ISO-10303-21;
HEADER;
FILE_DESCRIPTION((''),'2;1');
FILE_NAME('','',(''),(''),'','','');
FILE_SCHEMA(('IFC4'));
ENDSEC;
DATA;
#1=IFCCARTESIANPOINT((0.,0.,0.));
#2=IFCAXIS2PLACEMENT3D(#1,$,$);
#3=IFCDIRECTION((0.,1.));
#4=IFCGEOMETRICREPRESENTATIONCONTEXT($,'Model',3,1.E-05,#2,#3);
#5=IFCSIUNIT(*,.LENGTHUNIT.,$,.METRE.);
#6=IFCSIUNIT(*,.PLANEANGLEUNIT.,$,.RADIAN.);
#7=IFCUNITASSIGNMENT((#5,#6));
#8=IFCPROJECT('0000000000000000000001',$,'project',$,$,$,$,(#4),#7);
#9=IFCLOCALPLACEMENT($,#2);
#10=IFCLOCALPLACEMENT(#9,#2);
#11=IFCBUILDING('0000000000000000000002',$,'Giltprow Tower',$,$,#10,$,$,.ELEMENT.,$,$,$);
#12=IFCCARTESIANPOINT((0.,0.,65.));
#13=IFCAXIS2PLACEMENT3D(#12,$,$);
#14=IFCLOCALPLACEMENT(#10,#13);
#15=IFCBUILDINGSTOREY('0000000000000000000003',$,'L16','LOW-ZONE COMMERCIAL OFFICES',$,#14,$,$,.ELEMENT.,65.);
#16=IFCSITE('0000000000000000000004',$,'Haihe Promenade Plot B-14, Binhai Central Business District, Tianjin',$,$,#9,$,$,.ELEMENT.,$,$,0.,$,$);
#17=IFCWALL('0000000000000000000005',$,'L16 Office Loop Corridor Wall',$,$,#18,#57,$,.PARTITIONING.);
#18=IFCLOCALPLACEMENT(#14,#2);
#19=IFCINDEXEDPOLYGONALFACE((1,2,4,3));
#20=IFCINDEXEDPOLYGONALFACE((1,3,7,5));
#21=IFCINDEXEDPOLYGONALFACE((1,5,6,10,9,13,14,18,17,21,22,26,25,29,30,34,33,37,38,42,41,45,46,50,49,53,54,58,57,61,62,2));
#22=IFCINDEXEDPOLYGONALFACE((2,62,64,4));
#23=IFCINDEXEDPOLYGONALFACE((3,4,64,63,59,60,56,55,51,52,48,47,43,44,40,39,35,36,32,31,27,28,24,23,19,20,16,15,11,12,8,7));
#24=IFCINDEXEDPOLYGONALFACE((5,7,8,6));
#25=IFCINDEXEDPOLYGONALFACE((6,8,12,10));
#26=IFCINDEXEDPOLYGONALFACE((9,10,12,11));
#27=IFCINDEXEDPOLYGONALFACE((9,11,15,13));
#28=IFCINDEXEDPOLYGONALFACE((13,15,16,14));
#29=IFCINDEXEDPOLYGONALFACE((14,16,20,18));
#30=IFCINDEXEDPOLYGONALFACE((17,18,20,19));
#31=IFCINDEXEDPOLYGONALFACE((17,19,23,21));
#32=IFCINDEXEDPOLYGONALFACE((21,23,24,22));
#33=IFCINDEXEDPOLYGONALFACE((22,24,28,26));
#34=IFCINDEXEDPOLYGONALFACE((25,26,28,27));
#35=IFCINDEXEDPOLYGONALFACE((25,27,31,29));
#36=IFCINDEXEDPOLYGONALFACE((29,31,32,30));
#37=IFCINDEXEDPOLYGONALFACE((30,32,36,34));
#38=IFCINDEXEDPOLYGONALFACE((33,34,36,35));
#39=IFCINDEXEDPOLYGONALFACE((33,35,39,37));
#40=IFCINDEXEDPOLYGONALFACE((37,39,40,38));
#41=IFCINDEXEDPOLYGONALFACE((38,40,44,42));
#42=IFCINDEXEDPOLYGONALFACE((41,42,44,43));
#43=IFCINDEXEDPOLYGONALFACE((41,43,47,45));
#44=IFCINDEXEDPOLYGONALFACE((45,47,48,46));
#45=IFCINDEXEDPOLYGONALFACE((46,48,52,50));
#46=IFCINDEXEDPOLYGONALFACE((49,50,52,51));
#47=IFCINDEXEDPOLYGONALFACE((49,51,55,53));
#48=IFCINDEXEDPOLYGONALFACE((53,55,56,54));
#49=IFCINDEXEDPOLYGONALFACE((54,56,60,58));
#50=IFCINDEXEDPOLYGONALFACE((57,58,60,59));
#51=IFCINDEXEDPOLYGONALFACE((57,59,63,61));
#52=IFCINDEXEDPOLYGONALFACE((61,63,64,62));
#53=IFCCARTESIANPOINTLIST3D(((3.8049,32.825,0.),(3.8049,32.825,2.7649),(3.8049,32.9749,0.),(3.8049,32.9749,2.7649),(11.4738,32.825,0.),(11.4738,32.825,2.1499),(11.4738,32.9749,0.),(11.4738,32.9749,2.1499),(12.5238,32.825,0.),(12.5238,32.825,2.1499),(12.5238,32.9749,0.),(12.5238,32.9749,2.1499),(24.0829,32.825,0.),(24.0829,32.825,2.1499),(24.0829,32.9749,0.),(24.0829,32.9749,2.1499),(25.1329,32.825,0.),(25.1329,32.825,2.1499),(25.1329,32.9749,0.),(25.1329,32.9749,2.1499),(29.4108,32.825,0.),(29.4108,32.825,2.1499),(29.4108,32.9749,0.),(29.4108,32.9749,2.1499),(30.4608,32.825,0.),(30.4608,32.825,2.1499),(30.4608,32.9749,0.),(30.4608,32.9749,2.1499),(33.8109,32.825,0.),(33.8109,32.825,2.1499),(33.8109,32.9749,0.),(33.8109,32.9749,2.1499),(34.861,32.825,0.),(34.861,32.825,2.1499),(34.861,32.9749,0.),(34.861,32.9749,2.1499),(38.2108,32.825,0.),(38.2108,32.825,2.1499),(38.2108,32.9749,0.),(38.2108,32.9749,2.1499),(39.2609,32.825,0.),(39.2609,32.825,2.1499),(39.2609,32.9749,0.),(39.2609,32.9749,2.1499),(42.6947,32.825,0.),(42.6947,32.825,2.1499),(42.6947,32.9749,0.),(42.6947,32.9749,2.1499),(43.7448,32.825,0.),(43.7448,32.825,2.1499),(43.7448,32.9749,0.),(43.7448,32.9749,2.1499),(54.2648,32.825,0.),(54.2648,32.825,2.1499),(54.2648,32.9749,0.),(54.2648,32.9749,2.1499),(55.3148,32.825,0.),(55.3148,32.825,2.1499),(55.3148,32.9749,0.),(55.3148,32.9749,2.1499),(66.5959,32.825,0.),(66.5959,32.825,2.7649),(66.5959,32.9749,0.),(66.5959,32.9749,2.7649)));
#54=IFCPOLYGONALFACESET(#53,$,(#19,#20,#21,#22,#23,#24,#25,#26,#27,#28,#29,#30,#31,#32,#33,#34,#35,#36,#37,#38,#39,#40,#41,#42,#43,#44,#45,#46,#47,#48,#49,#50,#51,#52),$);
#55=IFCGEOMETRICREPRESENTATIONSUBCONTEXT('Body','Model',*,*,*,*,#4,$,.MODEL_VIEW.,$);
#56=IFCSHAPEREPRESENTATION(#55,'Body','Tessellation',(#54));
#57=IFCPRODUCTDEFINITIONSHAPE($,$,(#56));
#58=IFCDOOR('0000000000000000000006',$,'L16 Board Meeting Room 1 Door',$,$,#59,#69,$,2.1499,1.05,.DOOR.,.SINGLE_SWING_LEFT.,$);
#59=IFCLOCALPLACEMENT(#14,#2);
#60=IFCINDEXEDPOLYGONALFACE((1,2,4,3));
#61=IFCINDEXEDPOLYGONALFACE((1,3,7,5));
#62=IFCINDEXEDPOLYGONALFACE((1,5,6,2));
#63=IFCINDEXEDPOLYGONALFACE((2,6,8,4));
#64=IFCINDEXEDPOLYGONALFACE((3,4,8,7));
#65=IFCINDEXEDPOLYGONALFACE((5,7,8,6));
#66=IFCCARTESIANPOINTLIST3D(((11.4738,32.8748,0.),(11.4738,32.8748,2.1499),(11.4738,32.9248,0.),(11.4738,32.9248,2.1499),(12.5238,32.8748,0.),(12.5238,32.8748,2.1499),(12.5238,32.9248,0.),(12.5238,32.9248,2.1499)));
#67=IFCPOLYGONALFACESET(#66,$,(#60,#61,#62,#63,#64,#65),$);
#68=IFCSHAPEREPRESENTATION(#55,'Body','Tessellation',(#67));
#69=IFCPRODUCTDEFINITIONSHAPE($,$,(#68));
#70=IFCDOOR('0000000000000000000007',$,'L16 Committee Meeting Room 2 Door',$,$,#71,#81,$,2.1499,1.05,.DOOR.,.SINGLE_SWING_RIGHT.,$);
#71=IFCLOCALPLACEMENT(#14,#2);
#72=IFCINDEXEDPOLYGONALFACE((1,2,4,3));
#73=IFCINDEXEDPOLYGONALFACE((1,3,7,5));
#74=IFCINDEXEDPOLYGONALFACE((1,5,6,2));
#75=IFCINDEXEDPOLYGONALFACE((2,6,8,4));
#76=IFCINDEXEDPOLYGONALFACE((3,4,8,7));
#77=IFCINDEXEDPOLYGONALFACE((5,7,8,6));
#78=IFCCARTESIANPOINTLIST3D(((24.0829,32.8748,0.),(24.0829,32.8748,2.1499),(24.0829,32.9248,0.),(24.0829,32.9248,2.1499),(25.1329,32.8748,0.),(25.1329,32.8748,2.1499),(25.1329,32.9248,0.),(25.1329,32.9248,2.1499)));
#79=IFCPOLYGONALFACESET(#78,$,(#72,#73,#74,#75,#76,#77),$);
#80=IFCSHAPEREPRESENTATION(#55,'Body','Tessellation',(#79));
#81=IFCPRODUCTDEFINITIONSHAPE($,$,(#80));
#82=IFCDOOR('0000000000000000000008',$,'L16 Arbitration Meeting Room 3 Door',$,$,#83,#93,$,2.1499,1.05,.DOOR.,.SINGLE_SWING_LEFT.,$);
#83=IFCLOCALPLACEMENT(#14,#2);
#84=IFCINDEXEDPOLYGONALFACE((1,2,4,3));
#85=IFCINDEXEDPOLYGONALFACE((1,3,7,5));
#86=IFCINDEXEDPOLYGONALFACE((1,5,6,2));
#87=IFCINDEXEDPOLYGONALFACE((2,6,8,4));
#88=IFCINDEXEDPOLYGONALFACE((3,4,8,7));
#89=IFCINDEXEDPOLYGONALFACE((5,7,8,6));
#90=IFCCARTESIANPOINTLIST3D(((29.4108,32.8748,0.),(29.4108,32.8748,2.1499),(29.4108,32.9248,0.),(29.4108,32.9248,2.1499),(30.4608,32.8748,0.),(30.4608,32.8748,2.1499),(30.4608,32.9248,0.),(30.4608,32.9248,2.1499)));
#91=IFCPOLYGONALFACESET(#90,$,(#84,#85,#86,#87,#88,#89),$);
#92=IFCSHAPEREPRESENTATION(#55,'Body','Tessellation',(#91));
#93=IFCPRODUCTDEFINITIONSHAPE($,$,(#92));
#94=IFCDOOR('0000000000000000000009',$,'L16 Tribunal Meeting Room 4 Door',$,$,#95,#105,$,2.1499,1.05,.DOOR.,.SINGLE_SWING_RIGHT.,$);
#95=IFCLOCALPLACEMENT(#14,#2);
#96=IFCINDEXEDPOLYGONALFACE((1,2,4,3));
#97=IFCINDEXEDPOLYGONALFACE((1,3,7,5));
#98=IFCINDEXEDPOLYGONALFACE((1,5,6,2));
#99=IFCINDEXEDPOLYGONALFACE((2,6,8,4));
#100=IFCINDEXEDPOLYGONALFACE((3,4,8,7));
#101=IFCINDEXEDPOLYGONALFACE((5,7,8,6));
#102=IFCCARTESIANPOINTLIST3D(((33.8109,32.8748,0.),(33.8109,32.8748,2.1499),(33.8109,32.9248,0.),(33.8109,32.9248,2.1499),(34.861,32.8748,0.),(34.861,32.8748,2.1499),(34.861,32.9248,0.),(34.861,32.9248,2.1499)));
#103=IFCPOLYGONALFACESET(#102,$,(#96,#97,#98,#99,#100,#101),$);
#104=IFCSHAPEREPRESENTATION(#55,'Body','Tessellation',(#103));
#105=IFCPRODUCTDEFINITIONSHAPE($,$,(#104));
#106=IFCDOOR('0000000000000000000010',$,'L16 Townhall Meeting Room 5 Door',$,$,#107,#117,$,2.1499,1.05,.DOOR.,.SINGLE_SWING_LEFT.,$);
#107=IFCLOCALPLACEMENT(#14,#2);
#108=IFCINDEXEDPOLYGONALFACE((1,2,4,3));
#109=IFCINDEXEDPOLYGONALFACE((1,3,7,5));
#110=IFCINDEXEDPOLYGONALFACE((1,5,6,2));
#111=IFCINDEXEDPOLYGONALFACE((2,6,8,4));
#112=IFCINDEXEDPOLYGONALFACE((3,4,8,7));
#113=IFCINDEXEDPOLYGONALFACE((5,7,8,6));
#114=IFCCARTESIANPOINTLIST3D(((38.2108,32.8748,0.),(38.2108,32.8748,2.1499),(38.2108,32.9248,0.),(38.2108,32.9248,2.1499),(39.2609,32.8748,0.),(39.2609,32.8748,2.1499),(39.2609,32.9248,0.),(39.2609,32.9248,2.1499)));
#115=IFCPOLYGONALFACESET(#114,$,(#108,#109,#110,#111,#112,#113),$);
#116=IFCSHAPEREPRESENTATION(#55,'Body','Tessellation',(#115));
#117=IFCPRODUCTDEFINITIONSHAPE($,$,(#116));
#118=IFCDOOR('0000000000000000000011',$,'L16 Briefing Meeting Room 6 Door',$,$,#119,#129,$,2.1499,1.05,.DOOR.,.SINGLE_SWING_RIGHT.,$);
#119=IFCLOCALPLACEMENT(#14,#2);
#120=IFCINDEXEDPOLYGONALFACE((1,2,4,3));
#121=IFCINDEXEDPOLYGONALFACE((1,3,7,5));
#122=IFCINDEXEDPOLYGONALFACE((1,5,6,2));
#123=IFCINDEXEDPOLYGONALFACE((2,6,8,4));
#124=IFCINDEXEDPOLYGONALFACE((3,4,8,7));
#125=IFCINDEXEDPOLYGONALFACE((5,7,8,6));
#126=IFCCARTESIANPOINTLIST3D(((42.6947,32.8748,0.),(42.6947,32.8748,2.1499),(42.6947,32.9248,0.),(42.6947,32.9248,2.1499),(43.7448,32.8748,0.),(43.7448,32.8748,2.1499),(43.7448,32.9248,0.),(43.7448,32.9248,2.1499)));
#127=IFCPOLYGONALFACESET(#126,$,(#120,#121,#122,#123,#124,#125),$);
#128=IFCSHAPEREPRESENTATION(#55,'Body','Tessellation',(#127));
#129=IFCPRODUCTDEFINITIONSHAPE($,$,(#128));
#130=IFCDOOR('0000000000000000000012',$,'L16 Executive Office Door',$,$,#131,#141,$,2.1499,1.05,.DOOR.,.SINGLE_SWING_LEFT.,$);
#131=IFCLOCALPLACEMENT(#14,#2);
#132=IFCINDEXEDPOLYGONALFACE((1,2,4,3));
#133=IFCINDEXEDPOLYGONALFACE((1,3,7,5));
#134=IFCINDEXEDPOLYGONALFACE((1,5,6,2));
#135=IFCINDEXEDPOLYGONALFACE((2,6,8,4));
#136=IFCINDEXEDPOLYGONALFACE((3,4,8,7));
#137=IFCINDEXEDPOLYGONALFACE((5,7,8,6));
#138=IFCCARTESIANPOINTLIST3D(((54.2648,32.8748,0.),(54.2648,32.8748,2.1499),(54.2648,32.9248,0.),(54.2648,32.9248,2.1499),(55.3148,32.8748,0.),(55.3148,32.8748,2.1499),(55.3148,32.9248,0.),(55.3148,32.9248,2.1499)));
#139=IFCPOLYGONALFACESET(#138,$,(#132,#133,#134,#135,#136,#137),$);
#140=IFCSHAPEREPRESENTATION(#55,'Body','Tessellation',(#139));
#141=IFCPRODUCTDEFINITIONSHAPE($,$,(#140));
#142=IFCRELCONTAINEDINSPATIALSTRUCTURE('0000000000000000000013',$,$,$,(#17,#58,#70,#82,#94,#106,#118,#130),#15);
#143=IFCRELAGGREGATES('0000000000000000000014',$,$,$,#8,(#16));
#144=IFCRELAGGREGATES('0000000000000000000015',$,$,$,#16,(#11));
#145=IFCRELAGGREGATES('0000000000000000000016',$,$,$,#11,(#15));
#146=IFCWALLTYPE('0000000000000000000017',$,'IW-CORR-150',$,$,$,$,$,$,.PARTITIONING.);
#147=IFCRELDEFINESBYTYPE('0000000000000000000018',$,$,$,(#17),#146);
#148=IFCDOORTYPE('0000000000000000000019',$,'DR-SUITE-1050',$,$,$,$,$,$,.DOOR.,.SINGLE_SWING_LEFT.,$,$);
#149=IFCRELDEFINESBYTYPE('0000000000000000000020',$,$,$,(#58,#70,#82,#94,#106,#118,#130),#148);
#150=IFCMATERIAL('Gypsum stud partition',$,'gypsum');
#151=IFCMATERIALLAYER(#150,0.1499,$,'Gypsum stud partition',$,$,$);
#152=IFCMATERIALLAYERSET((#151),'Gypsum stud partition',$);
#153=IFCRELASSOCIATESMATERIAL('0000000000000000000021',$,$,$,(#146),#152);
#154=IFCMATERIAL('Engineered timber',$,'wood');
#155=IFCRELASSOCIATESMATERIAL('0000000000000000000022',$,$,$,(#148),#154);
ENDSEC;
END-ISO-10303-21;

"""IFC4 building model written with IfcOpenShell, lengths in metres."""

from ifc_helpers import new_model, si_unit, direction, frame, frame_2d, origin, place, context, subcontext, project, spatial, rectangle, extrude, source, transform, mapped, material, layer, layer_set, type_object, element, fill, save


model = new_model("IFC4")

# Units and contexts
model_context = context("Model", 3, precision=1e-05, world=origin(), true_north=direction((0.0, 1.0)))
body_context = subcontext(model_context, "Body", "Model", "MODEL_VIEW")
ifc_project = project(units=[si_unit("LENGTHUNIT", "METRE"), si_unit("PLANEANGLEUNIT", "RADIAN")], contexts=[model_context])

# Site, building, storey
site_placement = place(None, origin())
site = spatial("IfcSite", under=ifc_project, at=site_placement, Name="Haihe Promenade Plot B-14, Binhai Central Business District, Tianjin", CompositionType="ELEMENT", RefElevation=0.0)
building_placement = place(site_placement, origin())
building = spatial("IfcBuilding", under=site, at=building_placement, Name="Giltprow Tower", CompositionType="ELEMENT")
storey_placement = place(building_placement, frame((0.0, 0.0, 65.0)))
storey = spatial("IfcBuildingStorey", under=building, at=storey_placement, Name="L16", Description="LOW-ZONE COMMERCIAL OFFICES", CompositionType="ELEMENT", Elevation=65.0)

# Wall, openings, doors
ifc_material_1 = material(Name="Gypsum stud partition", Category="gypsum")
ifc_layer_1 = layer(ifc_material_1, 0.1499, Name="Gypsum stud partition")
ifc_layer_set_1 = layer_set([ifc_layer_1], Name="Gypsum stud partition")
wall_type_1 = type_object("IfcWallType", Name="IW-CORR-150", PredefinedType="PARTITIONING", material=ifc_layer_set_1)
wall_1_placement = place(storey_placement, frame((3.8049, 32.8999, 0.0), z_axis=(0.0, 0.0, 1.0), x_axis=(1.0, 0.0, 0.0)))
wall_1 = element("IfcWall", 1, at=wall_1_placement, inside=storey, type_object=wall_type_1, Name="L16 Office Loop Corridor Wall", PredefinedType="PARTITIONING", context=body_context, shape_type="SweptSolid", body=[
    extrude(rectangle(XDim=62.791, YDim=0.1499, at=frame_2d((31.3955, 0.0))), origin(), (0.0, 0.0, 1.0), 2.7649),
])
opening_1_placement = place(wall_1_placement, frame((7.6689, 0.0, 0.0)))
opening_1 = element("IfcOpeningElement", 2, at=opening_1_placement, cuts=wall_1, PredefinedType="OPENING", context=body_context, shape_type="SweptSolid", body=[
    extrude(rectangle(XDim=1.05, YDim=2.1499, at=frame_2d((0.5249, 1.075))), frame((0.0, 0.085, 0.0), z_axis=(0.0, -1.0, 0.0), x_axis=(1.0, 0.0, 0.0)), (0.0, 0.0, 1.0), 0.1699),
])
opening_2_placement = place(wall_1_placement, frame((20.2781, 0.0, 0.0)))
opening_2 = element("IfcOpeningElement", 3, at=opening_2_placement, cuts=wall_1, PredefinedType="OPENING", context=body_context, shape_type="SweptSolid", body=[
    extrude(rectangle(XDim=1.05, YDim=2.1499, at=frame_2d((0.5249, 1.075))), frame((0.0, 0.085, 0.0), z_axis=(0.0, -1.0, 0.0), x_axis=(1.0, 0.0, 0.0)), (0.0, 0.0, 1.0), 0.1699),
])
opening_3_placement = place(wall_1_placement, frame((25.606, 0.0, 0.0)))
opening_3 = element("IfcOpeningElement", 4, at=opening_3_placement, cuts=wall_1, PredefinedType="OPENING", context=body_context, shape_type="SweptSolid", body=[
    extrude(rectangle(XDim=1.05, YDim=2.1499, at=frame_2d((0.5249, 1.075))), frame((0.0, 0.085, 0.0), z_axis=(0.0, -1.0, 0.0), x_axis=(1.0, 0.0, 0.0)), (0.0, 0.0, 1.0), 0.1699),
])
opening_4_placement = place(wall_1_placement, frame((30.0061, 0.0, 0.0)))
opening_4 = element("IfcOpeningElement", 5, at=opening_4_placement, cuts=wall_1, PredefinedType="OPENING", context=body_context, shape_type="SweptSolid", body=[
    extrude(rectangle(XDim=1.05, YDim=2.1499, at=frame_2d((0.5249, 1.075))), frame((0.0, 0.085, 0.0), z_axis=(0.0, -1.0, 0.0), x_axis=(1.0, 0.0, 0.0)), (0.0, 0.0, 1.0), 0.1699),
])
opening_5_placement = place(wall_1_placement, frame((34.406, 0.0, 0.0)))
opening_5 = element("IfcOpeningElement", 6, at=opening_5_placement, cuts=wall_1, PredefinedType="OPENING", context=body_context, shape_type="SweptSolid", body=[
    extrude(rectangle(XDim=1.05, YDim=2.1499, at=frame_2d((0.5249, 1.075))), frame((0.0, 0.085, 0.0), z_axis=(0.0, -1.0, 0.0), x_axis=(1.0, 0.0, 0.0)), (0.0, 0.0, 1.0), 0.1699),
])
opening_6_placement = place(wall_1_placement, frame((38.8899, 0.0, 0.0)))
opening_6 = element("IfcOpeningElement", 7, at=opening_6_placement, cuts=wall_1, PredefinedType="OPENING", context=body_context, shape_type="SweptSolid", body=[
    extrude(rectangle(XDim=1.05, YDim=2.1499, at=frame_2d((0.5249, 1.075))), frame((0.0, 0.085, 0.0), z_axis=(0.0, -1.0, 0.0), x_axis=(1.0, 0.0, 0.0)), (0.0, 0.0, 1.0), 0.1699),
])
opening_7_placement = place(wall_1_placement, frame((50.46, 0.0, 0.0)))
opening_7 = element("IfcOpeningElement", 8, at=opening_7_placement, cuts=wall_1, PredefinedType="OPENING", context=body_context, shape_type="SweptSolid", body=[
    extrude(rectangle(XDim=1.05, YDim=2.1499, at=frame_2d((0.5249, 1.075))), frame((0.0, 0.085, 0.0), z_axis=(0.0, -1.0, 0.0), x_axis=(1.0, 0.0, 0.0)), (0.0, 0.0, 1.0), 0.1699),
])
ifc_material_2 = material(Name="Engineered timber", Category="wood")
door_type_1 = type_object("IfcDoorType", Name="DR-SUITE-1050", OperationType="SINGLE_SWING_LEFT", PredefinedType="DOOR", material=ifc_material_2)
shared_shape_1 = source(origin(), body_context, "Body", "SweptSolid", [
    extrude(rectangle(XDim=1.05, YDim=2.1499, at=frame_2d((0.5249, 1.075))), frame((0.0, 0.0249, 0.0), z_axis=(0.0, -1.0, 0.0), x_axis=(1.0, 0.0, 0.0)), (0.0, 0.0, 1.0), 0.05),
])
door_1_placement = place(opening_1_placement, origin())
door_1 = element("IfcDoor", 9, at=door_1_placement, inside=storey, type_object=door_type_1, Name="L16 Board Meeting Room 1 Door", OperationType="SINGLE_SWING_LEFT", OverallHeight=2.1499, OverallWidth=1.05, PredefinedType="DOOR", context=body_context, shape_type="MappedRepresentation", body=[
    mapped(shared_shape_1, transform((0.0, 0.0, 0.0), x_axis=(1.0, 0.0, 0.0), y_axis=(0.0, 1.0, 0.0), z_axis=(0.0, 0.0, 1.0), scale=1.0)),
])
fill(opening_1, door_1)
door_2_placement = place(opening_2_placement, origin())
door_2 = element("IfcDoor", 10, at=door_2_placement, inside=storey, type_object=door_type_1, Name="L16 Committee Meeting Room 2 Door", OperationType="SINGLE_SWING_RIGHT", OverallHeight=2.1499, OverallWidth=1.05, PredefinedType="DOOR", context=body_context, shape_type="MappedRepresentation", body=[
    mapped(shared_shape_1, transform((0.0, 0.0, 0.0), x_axis=(1.0, 0.0, 0.0), y_axis=(0.0, 1.0, 0.0), z_axis=(0.0, 0.0, 1.0), scale=1.0)),
])
fill(opening_2, door_2)
door_3_placement = place(opening_3_placement, origin())
door_3 = element("IfcDoor", 11, at=door_3_placement, inside=storey, type_object=door_type_1, Name="L16 Arbitration Meeting Room 3 Door", OperationType="SINGLE_SWING_LEFT", OverallHeight=2.1499, OverallWidth=1.05, PredefinedType="DOOR", context=body_context, shape_type="MappedRepresentation", body=[
    mapped(shared_shape_1, transform((0.0, 0.0, 0.0), x_axis=(1.0, 0.0, 0.0), y_axis=(0.0, 1.0, 0.0), z_axis=(0.0, 0.0, 1.0), scale=1.0)),
])
fill(opening_3, door_3)
door_4_placement = place(opening_4_placement, origin())
door_4 = element("IfcDoor", 12, at=door_4_placement, inside=storey, type_object=door_type_1, Name="L16 Tribunal Meeting Room 4 Door", OperationType="SINGLE_SWING_RIGHT", OverallHeight=2.1499, OverallWidth=1.05, PredefinedType="DOOR", context=body_context, shape_type="MappedRepresentation", body=[
    mapped(shared_shape_1, transform((0.0, 0.0, 0.0), x_axis=(1.0, 0.0, 0.0), y_axis=(0.0, 1.0, 0.0), z_axis=(0.0, 0.0, 1.0), scale=1.0)),
])
fill(opening_4, door_4)
door_5_placement = place(opening_5_placement, origin())
door_5 = element("IfcDoor", 13, at=door_5_placement, inside=storey, type_object=door_type_1, Name="L16 Townhall Meeting Room 5 Door", OperationType="SINGLE_SWING_LEFT", OverallHeight=2.1499, OverallWidth=1.05, PredefinedType="DOOR", context=body_context, shape_type="MappedRepresentation", body=[
    mapped(shared_shape_1, transform((0.0, 0.0, 0.0), x_axis=(1.0, 0.0, 0.0), y_axis=(0.0, 1.0, 0.0), z_axis=(0.0, 0.0, 1.0), scale=1.0)),
])
fill(opening_5, door_5)
door_6_placement = place(opening_6_placement, origin())
door_6 = element("IfcDoor", 14, at=door_6_placement, inside=storey, type_object=door_type_1, Name="L16 Briefing Meeting Room 6 Door", OperationType="SINGLE_SWING_RIGHT", OverallHeight=2.1499, OverallWidth=1.05, PredefinedType="DOOR", context=body_context, shape_type="MappedRepresentation", body=[
    mapped(shared_shape_1, transform((0.0, 0.0, 0.0), x_axis=(1.0, 0.0, 0.0), y_axis=(0.0, 1.0, 0.0), z_axis=(0.0, 0.0, 1.0), scale=1.0)),
])
fill(opening_6, door_6)
door_7_placement = place(opening_7_placement, origin())
door_7 = element("IfcDoor", 15, at=door_7_placement, inside=storey, type_object=door_type_1, Name="L16 Executive Office Door", OperationType="SINGLE_SWING_LEFT", OverallHeight=2.1499, OverallWidth=1.05, PredefinedType="DOOR", context=body_context, shape_type="MappedRepresentation", body=[
    mapped(shared_shape_1, transform((0.0, 0.0, 0.0), x_axis=(1.0, 0.0, 0.0), y_axis=(0.0, 1.0, 0.0), z_axis=(0.0, 0.0, 1.0), scale=1.0)),
])
fill(opening_7, door_7)

save(model, "model.ifc")
